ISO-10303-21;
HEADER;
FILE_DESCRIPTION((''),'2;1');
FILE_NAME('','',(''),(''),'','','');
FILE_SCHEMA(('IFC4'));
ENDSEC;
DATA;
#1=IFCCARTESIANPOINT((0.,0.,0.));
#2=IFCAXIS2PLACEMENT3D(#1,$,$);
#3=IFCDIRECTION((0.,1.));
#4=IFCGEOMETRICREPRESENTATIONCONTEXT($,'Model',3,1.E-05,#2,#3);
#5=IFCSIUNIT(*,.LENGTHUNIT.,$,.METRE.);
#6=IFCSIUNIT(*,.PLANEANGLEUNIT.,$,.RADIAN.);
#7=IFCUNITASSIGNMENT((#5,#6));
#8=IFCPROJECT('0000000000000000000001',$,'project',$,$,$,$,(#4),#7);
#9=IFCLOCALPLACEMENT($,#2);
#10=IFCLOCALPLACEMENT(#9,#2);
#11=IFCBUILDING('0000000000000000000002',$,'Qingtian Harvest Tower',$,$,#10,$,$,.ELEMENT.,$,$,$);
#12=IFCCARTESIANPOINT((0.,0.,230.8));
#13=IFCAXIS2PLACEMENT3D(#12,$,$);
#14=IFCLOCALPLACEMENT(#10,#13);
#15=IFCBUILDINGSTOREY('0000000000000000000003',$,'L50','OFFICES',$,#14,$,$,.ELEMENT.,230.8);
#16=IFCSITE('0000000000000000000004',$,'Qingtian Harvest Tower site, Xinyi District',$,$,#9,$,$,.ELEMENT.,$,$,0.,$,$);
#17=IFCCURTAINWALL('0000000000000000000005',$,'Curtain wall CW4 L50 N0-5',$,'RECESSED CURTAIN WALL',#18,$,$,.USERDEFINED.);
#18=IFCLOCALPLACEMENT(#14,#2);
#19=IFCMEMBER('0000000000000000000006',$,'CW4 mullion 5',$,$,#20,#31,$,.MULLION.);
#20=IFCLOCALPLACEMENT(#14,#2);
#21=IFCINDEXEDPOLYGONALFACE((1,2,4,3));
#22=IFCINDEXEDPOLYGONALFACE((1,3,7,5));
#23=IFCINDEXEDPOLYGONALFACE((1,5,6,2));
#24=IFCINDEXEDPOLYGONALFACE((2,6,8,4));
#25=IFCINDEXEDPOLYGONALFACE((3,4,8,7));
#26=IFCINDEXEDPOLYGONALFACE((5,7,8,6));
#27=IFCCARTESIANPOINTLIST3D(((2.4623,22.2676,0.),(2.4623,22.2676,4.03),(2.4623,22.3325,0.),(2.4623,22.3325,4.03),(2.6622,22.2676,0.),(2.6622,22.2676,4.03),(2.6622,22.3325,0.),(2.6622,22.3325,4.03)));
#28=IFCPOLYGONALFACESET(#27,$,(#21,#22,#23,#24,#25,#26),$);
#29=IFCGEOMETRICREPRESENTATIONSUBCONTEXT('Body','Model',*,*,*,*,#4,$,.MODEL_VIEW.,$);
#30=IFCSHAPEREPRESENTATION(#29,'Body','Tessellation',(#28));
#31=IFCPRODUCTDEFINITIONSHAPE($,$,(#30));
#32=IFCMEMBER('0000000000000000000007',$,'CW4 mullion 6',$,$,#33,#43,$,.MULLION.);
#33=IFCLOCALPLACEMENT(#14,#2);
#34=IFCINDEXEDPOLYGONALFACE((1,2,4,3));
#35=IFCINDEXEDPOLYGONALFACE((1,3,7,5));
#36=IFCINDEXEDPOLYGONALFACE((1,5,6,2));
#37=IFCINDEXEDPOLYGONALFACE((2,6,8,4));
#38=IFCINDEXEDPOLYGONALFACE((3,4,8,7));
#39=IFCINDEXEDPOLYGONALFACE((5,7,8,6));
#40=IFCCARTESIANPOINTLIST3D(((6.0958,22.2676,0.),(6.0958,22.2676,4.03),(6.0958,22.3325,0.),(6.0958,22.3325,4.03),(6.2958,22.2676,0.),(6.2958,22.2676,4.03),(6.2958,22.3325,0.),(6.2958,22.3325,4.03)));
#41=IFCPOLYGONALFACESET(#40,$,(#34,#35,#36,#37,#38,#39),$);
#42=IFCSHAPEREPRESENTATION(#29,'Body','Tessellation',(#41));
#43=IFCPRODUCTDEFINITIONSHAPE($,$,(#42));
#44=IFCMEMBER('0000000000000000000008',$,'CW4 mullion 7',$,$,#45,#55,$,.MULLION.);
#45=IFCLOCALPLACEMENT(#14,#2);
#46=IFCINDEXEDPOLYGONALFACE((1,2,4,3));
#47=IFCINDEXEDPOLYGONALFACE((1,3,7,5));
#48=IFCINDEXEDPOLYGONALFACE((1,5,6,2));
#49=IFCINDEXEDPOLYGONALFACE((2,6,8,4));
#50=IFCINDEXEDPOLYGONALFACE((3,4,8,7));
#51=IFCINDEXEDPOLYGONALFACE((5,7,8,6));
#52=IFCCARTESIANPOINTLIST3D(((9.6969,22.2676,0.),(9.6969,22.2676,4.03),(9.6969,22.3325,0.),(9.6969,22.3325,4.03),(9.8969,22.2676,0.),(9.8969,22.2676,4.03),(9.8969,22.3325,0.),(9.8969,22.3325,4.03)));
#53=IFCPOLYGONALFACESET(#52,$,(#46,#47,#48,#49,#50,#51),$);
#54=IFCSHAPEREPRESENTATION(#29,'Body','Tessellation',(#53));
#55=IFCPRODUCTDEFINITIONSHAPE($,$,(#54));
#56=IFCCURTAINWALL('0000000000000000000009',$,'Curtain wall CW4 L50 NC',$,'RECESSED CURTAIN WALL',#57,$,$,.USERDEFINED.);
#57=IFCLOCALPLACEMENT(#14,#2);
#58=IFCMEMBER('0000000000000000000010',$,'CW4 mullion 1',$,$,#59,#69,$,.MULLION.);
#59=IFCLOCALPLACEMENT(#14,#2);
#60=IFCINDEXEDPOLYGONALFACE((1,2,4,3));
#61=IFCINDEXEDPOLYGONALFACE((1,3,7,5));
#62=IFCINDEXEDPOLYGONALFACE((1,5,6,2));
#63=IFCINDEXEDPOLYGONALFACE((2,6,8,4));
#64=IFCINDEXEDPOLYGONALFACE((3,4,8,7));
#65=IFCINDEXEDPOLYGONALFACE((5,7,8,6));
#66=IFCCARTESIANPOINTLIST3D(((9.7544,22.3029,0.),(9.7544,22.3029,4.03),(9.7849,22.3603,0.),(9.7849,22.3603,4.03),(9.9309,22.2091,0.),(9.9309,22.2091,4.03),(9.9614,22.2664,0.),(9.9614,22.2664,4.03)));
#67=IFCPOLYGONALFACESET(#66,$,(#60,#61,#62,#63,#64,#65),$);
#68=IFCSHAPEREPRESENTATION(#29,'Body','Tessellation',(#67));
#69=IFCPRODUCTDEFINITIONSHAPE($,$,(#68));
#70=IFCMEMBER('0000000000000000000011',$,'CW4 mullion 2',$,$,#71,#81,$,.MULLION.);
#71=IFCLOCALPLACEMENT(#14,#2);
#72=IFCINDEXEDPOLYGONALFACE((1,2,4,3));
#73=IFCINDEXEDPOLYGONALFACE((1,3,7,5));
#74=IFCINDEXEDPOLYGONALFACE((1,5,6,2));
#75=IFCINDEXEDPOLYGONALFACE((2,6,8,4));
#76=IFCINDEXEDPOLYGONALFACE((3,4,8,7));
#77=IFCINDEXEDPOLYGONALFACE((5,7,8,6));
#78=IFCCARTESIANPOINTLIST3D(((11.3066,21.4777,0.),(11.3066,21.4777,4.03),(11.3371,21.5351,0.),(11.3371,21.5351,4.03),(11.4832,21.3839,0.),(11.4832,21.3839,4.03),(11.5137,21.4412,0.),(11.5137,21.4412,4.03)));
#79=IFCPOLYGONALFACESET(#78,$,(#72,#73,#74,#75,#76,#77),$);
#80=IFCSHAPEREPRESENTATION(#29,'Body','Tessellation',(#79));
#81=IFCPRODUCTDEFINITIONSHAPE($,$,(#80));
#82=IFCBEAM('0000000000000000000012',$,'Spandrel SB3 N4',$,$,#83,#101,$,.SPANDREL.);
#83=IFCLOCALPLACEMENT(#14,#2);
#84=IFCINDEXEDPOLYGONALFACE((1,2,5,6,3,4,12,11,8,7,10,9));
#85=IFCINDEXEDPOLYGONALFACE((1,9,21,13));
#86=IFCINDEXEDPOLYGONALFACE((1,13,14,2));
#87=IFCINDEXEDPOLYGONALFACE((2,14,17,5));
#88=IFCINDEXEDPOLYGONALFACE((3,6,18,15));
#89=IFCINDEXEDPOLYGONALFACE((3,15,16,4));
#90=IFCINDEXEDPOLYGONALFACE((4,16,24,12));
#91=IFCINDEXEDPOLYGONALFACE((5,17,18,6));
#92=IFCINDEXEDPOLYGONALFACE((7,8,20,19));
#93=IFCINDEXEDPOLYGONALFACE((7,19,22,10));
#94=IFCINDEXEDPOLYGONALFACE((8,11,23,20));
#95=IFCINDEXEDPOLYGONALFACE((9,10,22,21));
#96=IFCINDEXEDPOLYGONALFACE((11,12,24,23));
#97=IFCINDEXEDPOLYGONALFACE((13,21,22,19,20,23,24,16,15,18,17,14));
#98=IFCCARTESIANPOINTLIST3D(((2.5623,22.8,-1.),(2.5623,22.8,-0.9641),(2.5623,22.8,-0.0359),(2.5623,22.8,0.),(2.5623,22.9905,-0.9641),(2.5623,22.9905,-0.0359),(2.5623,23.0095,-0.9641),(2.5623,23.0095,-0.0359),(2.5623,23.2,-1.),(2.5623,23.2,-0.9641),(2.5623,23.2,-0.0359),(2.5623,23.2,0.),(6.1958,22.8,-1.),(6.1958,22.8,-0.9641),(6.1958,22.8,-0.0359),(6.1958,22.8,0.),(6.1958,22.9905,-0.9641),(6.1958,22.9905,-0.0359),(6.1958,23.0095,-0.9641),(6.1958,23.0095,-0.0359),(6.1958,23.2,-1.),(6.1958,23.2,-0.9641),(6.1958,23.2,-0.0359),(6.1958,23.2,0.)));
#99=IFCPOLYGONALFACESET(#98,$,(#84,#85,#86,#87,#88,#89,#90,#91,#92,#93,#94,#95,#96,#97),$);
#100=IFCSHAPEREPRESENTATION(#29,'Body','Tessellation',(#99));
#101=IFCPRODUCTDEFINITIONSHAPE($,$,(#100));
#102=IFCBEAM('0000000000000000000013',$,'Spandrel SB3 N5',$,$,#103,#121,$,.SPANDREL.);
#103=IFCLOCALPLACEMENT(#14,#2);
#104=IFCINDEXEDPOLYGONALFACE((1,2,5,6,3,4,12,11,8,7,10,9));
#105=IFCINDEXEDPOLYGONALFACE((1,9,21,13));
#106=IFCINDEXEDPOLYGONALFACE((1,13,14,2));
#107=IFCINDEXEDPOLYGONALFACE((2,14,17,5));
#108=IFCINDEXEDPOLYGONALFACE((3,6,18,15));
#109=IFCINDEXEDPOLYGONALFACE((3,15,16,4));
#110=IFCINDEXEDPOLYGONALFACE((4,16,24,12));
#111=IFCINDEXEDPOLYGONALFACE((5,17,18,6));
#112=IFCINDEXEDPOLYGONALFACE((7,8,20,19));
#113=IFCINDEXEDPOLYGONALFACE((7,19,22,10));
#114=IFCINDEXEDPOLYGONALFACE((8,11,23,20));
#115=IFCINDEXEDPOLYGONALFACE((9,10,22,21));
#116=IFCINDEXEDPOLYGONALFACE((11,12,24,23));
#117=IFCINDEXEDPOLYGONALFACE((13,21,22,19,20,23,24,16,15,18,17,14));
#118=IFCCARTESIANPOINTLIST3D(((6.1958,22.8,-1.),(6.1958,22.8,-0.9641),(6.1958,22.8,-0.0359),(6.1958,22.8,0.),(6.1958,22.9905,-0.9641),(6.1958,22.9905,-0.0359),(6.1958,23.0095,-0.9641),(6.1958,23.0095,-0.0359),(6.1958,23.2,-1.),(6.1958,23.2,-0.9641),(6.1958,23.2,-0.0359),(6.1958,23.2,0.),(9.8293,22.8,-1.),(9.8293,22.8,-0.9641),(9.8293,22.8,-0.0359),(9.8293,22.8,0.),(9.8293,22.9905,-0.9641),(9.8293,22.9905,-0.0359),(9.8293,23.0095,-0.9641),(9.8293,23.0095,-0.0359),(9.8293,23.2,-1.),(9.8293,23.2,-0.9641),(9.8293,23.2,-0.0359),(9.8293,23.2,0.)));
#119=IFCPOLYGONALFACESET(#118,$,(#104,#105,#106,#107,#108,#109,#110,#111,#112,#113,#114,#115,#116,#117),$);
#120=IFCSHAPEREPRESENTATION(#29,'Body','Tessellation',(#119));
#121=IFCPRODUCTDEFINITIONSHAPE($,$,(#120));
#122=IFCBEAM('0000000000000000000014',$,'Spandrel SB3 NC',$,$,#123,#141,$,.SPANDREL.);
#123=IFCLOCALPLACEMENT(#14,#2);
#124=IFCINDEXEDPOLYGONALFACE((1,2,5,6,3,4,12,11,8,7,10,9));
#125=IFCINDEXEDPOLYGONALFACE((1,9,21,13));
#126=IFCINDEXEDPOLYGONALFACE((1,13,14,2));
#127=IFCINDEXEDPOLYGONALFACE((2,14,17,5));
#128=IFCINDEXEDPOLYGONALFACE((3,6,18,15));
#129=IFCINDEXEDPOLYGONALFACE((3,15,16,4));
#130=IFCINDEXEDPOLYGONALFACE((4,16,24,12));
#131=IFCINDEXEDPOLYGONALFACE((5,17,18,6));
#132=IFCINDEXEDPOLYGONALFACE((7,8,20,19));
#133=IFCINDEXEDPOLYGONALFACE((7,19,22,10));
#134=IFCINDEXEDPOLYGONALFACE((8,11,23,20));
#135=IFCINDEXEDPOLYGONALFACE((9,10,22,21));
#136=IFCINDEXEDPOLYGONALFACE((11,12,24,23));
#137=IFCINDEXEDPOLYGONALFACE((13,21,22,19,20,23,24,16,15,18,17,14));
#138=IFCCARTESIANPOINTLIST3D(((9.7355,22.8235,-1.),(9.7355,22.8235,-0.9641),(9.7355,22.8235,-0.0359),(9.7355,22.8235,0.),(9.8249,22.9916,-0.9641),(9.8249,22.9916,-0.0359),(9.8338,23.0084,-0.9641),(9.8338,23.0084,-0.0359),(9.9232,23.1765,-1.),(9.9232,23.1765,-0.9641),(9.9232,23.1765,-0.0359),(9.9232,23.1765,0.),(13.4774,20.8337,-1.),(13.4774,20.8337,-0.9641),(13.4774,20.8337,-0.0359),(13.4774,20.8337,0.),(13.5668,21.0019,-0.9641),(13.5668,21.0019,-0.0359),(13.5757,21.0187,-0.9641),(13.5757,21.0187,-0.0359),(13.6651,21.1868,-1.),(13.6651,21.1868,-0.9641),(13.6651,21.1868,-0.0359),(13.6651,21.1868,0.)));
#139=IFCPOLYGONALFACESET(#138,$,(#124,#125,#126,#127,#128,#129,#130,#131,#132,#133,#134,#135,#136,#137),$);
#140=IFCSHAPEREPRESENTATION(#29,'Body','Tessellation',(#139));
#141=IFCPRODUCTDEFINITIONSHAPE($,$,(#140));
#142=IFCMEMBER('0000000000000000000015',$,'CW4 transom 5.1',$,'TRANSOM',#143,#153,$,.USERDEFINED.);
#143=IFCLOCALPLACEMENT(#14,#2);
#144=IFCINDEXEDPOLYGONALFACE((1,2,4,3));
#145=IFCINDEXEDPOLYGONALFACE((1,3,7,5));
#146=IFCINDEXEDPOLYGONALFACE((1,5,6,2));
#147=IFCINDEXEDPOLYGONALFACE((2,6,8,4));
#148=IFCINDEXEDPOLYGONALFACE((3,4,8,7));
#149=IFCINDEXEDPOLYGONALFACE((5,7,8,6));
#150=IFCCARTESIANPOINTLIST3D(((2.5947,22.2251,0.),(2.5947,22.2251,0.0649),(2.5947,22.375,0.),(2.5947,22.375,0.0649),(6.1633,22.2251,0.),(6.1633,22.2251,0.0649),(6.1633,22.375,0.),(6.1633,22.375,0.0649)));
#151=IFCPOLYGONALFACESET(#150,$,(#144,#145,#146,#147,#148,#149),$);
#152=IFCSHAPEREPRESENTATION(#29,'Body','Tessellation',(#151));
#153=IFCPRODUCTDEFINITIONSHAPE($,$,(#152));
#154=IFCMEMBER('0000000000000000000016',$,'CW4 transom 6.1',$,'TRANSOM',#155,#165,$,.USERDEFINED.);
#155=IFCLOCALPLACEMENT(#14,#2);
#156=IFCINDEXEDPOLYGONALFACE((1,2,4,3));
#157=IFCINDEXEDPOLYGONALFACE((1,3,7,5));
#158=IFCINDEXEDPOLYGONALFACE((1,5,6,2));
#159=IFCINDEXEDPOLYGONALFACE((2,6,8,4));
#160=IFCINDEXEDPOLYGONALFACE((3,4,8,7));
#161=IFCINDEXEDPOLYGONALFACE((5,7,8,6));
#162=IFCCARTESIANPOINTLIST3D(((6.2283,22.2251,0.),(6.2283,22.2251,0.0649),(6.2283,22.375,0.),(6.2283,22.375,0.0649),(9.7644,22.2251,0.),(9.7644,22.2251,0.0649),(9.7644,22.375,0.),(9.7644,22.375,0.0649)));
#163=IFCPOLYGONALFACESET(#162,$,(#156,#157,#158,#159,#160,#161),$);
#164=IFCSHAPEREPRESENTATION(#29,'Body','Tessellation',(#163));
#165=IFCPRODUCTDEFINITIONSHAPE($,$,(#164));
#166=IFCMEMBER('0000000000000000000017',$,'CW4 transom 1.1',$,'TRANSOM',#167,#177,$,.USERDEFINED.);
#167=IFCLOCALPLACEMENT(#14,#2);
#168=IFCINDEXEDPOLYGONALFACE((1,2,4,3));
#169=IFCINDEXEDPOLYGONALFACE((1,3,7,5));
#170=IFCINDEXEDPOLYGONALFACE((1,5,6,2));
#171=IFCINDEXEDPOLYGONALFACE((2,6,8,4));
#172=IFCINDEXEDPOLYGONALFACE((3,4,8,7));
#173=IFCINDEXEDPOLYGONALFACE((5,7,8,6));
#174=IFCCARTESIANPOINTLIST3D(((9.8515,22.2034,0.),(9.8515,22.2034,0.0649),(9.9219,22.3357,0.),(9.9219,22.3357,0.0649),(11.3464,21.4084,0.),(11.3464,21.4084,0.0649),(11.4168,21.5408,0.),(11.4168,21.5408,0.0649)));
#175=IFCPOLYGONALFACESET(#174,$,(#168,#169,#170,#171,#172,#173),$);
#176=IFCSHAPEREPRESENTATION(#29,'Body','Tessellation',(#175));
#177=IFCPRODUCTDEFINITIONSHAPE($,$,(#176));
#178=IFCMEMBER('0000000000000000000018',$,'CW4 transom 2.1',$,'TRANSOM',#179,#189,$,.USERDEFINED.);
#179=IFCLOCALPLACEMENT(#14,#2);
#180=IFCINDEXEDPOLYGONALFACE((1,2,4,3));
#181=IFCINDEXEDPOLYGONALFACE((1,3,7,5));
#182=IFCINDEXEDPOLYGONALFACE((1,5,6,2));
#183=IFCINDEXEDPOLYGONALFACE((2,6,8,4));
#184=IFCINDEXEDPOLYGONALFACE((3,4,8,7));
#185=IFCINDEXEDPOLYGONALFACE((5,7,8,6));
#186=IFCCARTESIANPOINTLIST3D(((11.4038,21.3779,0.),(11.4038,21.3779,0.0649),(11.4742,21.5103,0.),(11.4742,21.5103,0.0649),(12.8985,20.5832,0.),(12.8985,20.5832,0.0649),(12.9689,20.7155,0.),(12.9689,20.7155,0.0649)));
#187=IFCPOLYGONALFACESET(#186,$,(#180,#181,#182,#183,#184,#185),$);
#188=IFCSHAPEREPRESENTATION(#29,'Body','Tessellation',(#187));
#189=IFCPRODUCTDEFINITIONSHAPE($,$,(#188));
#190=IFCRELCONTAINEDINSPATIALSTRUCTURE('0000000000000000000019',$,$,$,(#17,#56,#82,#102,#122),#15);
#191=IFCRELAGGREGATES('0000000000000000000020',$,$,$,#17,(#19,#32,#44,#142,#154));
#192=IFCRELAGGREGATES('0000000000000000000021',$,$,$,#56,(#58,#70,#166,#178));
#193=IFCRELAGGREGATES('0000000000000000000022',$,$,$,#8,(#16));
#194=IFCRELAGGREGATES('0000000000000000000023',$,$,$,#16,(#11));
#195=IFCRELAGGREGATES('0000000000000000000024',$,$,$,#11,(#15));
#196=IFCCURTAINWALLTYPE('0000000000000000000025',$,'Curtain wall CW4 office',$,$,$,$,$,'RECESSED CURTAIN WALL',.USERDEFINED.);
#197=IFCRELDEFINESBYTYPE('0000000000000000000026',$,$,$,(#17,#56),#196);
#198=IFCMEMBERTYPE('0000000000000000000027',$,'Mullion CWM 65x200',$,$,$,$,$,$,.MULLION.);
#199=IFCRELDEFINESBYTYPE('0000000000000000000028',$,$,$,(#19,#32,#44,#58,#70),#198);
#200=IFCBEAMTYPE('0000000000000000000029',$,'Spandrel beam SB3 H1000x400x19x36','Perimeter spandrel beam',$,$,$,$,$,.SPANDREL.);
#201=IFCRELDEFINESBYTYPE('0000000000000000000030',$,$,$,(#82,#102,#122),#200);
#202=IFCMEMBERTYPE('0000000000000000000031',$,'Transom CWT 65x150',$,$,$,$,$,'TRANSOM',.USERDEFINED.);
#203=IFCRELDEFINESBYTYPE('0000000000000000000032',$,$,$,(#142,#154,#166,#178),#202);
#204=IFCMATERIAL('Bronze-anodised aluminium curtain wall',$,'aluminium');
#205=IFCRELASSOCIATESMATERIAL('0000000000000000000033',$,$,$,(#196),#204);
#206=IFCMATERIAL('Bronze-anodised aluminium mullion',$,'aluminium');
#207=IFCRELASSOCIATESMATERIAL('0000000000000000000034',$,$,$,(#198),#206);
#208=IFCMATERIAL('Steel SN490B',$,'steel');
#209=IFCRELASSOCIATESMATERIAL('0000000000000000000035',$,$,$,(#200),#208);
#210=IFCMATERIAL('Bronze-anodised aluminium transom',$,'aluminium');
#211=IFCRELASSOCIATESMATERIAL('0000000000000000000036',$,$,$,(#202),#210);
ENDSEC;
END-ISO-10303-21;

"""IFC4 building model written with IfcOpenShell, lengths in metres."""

from ifc_helpers import new_model, si_unit, direction, frame, origin, origin_2d, place, context, subcontext, project, spatial, rectangle, i_section, extrude, material, material_profile, profile_set, type_object, element, aggregate, save


model = new_model("IFC4")

# Units and contexts
model_context = context("Model", 3, precision=1e-05, world=origin(), true_north=direction((0.0, 1.0)))
body_context = subcontext(model_context, "Body", "Model", "MODEL_VIEW")
ifc_project = project(units=[si_unit("LENGTHUNIT", "METRE"), si_unit("PLANEANGLEUNIT", "RADIAN")], contexts=[model_context])

# Site, building, storey
site_placement = place(None, origin())
site = spatial("IfcSite", under=ifc_project, at=site_placement, Name="Qingtian Harvest Tower site, Xinyi District", CompositionType="ELEMENT", RefElevation=0.0)
building_placement = place(site_placement, origin())
building = spatial("IfcBuilding", under=site, at=building_placement, Name="Qingtian Harvest Tower", CompositionType="ELEMENT")
storey_placement = place(building_placement, frame((0.0, 0.0, 230.8)))
storey = spatial("IfcBuildingStorey", under=building, at=storey_placement, Name="L50", Description="OFFICES", CompositionType="ELEMENT", Elevation=230.8)

# Curtain walls, members
ifc_material_1 = material(Name="Bronze-anodised aluminium curtain wall", Category="aluminium")
curtain_wall_type = type_object("IfcCurtainWallType", Name="Curtain wall CW4 office", ElementType="RECESSED CURTAIN WALL", PredefinedType="USERDEFINED", material=ifc_material_1)
curtain_wall_1_placement = place(storey_placement, origin())
curtain_wall_1 = element("IfcCurtainWall", 1, at=curtain_wall_1_placement, inside=storey, type_object=curtain_wall_type, Name="Curtain wall CW4 L50 N0-5", ObjectType="RECESSED CURTAIN WALL", PredefinedType="USERDEFINED")
ifc_material_2 = material(Name="Bronze-anodised aluminium mullion", Category="aluminium")
ifc_material_profile_1 = material_profile(ifc_material_2, rectangle(XDim=0.0649, YDim=0.2, at=origin_2d()), Name="AL 65x200")
ifc_profile_set_1 = profile_set([ifc_material_profile_1], Name="Bronze-anodised aluminium mullion")
member_type_1 = type_object("IfcMemberType", Name="Mullion CWM 65x200", PredefinedType="MULLION", material=ifc_profile_set_1)
member_1_placement = place(storey_placement, frame((2.5623, 22.3, 0.0), z_axis=(0.0, 0.0, 1.0), x_axis=(0.0, 1.0, 0.0)))
member_1 = element("IfcMember", 2, at=member_1_placement, type_object=member_type_1, Name="CW4 mullion 5", PredefinedType="MULLION", context=body_context, shape_type="SweptSolid", body=[
    extrude(rectangle(XDim=0.0649, YDim=0.2, at=origin_2d()), origin(), (0.0, 0.0, 1.0), 4.03),
])
member_2_placement = place(storey_placement, frame((6.1958, 22.3, 0.0), z_axis=(0.0, 0.0, 1.0), x_axis=(0.0, 1.0, 0.0)))
member_2 = element("IfcMember", 3, at=member_2_placement, type_object=member_type_1, Name="CW4 mullion 6", PredefinedType="MULLION", context=body_context, shape_type="SweptSolid", body=[
    extrude(rectangle(XDim=0.0649, YDim=0.2, at=origin_2d()), origin(), (0.0, 0.0, 1.0), 4.03),
])
member_3_placement = place(storey_placement, frame((9.7969, 22.3, 0.0), z_axis=(0.0, 0.0, 1.0), x_axis=(0.0, 1.0, 0.0)))
member_3 = element("IfcMember", 4, at=member_3_placement, type_object=member_type_1, Name="CW4 mullion 7", PredefinedType="MULLION", context=body_context, shape_type="SweptSolid", body=[
    extrude(rectangle(XDim=0.0649, YDim=0.2, at=origin_2d()), origin(), (0.0, 0.0, 1.0), 4.03),
])
curtain_wall_2_placement = place(storey_placement, origin())
curtain_wall_2 = element("IfcCurtainWall", 5, at=curtain_wall_2_placement, inside=storey, type_object=curtain_wall_type, Name="Curtain wall CW4 L50 NC", ObjectType="RECESSED CURTAIN WALL", PredefinedType="USERDEFINED")
member_4_placement = place(storey_placement, frame((9.8579, 22.2847, 0.0), z_axis=(0.0, 0.0, 1.0), x_axis=(0.469472, 0.882948, 0.0)))
member_4 = element("IfcMember", 6, at=member_4_placement, type_object=member_type_1, Name="CW4 mullion 1", PredefinedType="MULLION", context=body_context, shape_type="SweptSolid", body=[
    extrude(rectangle(XDim=0.0649, YDim=0.2, at=origin_2d()), origin(), (0.0, 0.0, 1.0), 4.03),
])
member_5_placement = place(storey_placement, frame((11.4102, 21.4595, 0.0), z_axis=(0.0, 0.0, 1.0), x_axis=(0.469472, 0.882948, 0.0)))
member_5 = element("IfcMember", 7, at=member_5_placement, type_object=member_type_1, Name="CW4 mullion 2", PredefinedType="MULLION", context=body_context, shape_type="SweptSolid", body=[
    extrude(rectangle(XDim=0.0649, YDim=0.2, at=origin_2d()), origin(), (0.0, 0.0, 1.0), 4.03),
])

# Beams
ifc_material_3 = material(Name="Steel SN490B", Category="steel")
ifc_material_profile_2 = material_profile(ifc_material_3, i_section(OverallWidth=0.3999, OverallDepth=1.0, WebThickness=0.019, FlangeThickness=0.0359, at=origin_2d()), Name="H1000x400x19x36")
ifc_profile_set_2 = profile_set([ifc_material_profile_2], Name="Steel SN490B")
beam_type_1 = type_object("IfcBeamType", Name="Spandrel beam SB3 H1000x400x19x36", Description="Perimeter spandrel beam", PredefinedType="SPANDREL", material=ifc_profile_set_2)
for number, where, z_axis, x_axis, name in (
    (8, (2.5623, 23.0, -0.5), (1.0, 0.0, 0.0), (0.0, 1.0, 0.0), "Spandrel SB3 N4"),
    (9, (6.1958, 23.0, -0.5), (1.0, 0.0, 0.0), (0.0, 1.0, 0.0), "Spandrel SB3 N5"),
):
    element("IfcBeam", number, at=place(storey_placement, frame(where, z_axis=z_axis, x_axis=x_axis)), inside=storey, type_object=beam_type_1, Name=name, PredefinedType="SPANDREL", context=body_context, shape_type="SweptSolid", body=[
        extrude(i_section(OverallWidth=0.3999, OverallDepth=1.0, WebThickness=0.019, FlangeThickness=0.0359, at=origin_2d()), origin(), (0.0, 0.0, 1.0), 3.6335),
    ])
beam_1_placement = place(storey_placement, frame((9.8293, 23.0, -0.5), z_axis=(0.882936, -0.469494, 0.0), x_axis=(0.469494, 0.882936, 0.0)))
element("IfcBeam", 10, at=beam_1_placement, inside=storey, type_object=beam_type_1, Name="Spandrel SB3 NC", PredefinedType="SPANDREL", context=body_context, shape_type="SweptSolid", body=[
    extrude(i_section(OverallWidth=0.3999, OverallDepth=1.0, WebThickness=0.019, FlangeThickness=0.0359, at=origin_2d()), origin(), (0.0, 0.0, 1.0), 4.238),
])

# Members
ifc_material_4 = material(Name="Bronze-anodised aluminium transom", Category="aluminium")
ifc_material_profile_3 = material_profile(ifc_material_4, rectangle(XDim=0.1499, YDim=0.0649, at=origin_2d()), Name="AL 65x150")
ifc_profile_set_3 = profile_set([ifc_material_profile_3], Name="Bronze-anodised aluminium transom")
member_type_2 = type_object("IfcMemberType", Name="Transom CWT 65x150", ElementType="TRANSOM", PredefinedType="USERDEFINED", material=ifc_profile_set_3)
member_6_placement = place(storey_placement, frame((2.5947, 22.3, 0.0325), z_axis=(1.0, 0.0, 0.0), x_axis=(0.0, 1.0, 0.0)))
member_6 = element("IfcMember", 11, at=member_6_placement, type_object=member_type_2, Name="CW4 transom 5.1", ObjectType="TRANSOM", PredefinedType="USERDEFINED", context=body_context, shape_type="SweptSolid", body=[
    extrude(rectangle(XDim=0.1499, YDim=0.0649, at=origin_2d()), origin(), (0.0, 0.0, 1.0), 3.5686),
])
member_7_placement = place(storey_placement, frame((6.2283, 22.3, 0.0325), z_axis=(1.0, 0.0, 0.0), x_axis=(0.0, 1.0, 0.0)))
member_7 = element("IfcMember", 12, at=member_7_placement, type_object=member_type_2, Name="CW4 transom 6.1", ObjectType="TRANSOM", PredefinedType="USERDEFINED", context=body_context, shape_type="SweptSolid", body=[
    extrude(rectangle(XDim=0.1499, YDim=0.0649, at=origin_2d()), origin(), (0.0, 0.0, 1.0), 3.5361),
])
member_8_placement = place(storey_placement, frame((9.8867, 22.2695, 0.0325), z_axis=(0.882927, -0.46951, 0.0), x_axis=(0.46951, 0.882927, 0.0)))
member_8 = element("IfcMember", 13, at=member_8_placement, type_object=member_type_2, Name="CW4 transom 1.1", ObjectType="TRANSOM", PredefinedType="USERDEFINED", context=body_context, shape_type="SweptSolid", body=[
    extrude(rectangle(XDim=0.1499, YDim=0.0649, at=origin_2d()), origin(), (0.0, 0.0, 1.0), 1.6931),
])
member_9_placement = place(storey_placement, frame((11.439, 21.4441, 0.0325), z_axis=(0.882955, -0.469457, 0.0), x_axis=(0.469457, 0.882955, 0.0)))
member_9 = element("IfcMember", 14, at=member_9_placement, type_object=member_type_2, Name="CW4 transom 2.1", ObjectType="TRANSOM", PredefinedType="USERDEFINED", context=body_context, shape_type="SweptSolid", body=[
    extrude(rectangle(XDim=0.1499, YDim=0.0649, at=origin_2d()), origin(), (0.0, 0.0, 1.0), 1.6929),
])

aggregate(curtain_wall_1, [member_1, member_2, member_3, member_6, member_7])
aggregate(curtain_wall_2, [member_4, member_5, member_8, member_9])

save(model, "model.ifc")
